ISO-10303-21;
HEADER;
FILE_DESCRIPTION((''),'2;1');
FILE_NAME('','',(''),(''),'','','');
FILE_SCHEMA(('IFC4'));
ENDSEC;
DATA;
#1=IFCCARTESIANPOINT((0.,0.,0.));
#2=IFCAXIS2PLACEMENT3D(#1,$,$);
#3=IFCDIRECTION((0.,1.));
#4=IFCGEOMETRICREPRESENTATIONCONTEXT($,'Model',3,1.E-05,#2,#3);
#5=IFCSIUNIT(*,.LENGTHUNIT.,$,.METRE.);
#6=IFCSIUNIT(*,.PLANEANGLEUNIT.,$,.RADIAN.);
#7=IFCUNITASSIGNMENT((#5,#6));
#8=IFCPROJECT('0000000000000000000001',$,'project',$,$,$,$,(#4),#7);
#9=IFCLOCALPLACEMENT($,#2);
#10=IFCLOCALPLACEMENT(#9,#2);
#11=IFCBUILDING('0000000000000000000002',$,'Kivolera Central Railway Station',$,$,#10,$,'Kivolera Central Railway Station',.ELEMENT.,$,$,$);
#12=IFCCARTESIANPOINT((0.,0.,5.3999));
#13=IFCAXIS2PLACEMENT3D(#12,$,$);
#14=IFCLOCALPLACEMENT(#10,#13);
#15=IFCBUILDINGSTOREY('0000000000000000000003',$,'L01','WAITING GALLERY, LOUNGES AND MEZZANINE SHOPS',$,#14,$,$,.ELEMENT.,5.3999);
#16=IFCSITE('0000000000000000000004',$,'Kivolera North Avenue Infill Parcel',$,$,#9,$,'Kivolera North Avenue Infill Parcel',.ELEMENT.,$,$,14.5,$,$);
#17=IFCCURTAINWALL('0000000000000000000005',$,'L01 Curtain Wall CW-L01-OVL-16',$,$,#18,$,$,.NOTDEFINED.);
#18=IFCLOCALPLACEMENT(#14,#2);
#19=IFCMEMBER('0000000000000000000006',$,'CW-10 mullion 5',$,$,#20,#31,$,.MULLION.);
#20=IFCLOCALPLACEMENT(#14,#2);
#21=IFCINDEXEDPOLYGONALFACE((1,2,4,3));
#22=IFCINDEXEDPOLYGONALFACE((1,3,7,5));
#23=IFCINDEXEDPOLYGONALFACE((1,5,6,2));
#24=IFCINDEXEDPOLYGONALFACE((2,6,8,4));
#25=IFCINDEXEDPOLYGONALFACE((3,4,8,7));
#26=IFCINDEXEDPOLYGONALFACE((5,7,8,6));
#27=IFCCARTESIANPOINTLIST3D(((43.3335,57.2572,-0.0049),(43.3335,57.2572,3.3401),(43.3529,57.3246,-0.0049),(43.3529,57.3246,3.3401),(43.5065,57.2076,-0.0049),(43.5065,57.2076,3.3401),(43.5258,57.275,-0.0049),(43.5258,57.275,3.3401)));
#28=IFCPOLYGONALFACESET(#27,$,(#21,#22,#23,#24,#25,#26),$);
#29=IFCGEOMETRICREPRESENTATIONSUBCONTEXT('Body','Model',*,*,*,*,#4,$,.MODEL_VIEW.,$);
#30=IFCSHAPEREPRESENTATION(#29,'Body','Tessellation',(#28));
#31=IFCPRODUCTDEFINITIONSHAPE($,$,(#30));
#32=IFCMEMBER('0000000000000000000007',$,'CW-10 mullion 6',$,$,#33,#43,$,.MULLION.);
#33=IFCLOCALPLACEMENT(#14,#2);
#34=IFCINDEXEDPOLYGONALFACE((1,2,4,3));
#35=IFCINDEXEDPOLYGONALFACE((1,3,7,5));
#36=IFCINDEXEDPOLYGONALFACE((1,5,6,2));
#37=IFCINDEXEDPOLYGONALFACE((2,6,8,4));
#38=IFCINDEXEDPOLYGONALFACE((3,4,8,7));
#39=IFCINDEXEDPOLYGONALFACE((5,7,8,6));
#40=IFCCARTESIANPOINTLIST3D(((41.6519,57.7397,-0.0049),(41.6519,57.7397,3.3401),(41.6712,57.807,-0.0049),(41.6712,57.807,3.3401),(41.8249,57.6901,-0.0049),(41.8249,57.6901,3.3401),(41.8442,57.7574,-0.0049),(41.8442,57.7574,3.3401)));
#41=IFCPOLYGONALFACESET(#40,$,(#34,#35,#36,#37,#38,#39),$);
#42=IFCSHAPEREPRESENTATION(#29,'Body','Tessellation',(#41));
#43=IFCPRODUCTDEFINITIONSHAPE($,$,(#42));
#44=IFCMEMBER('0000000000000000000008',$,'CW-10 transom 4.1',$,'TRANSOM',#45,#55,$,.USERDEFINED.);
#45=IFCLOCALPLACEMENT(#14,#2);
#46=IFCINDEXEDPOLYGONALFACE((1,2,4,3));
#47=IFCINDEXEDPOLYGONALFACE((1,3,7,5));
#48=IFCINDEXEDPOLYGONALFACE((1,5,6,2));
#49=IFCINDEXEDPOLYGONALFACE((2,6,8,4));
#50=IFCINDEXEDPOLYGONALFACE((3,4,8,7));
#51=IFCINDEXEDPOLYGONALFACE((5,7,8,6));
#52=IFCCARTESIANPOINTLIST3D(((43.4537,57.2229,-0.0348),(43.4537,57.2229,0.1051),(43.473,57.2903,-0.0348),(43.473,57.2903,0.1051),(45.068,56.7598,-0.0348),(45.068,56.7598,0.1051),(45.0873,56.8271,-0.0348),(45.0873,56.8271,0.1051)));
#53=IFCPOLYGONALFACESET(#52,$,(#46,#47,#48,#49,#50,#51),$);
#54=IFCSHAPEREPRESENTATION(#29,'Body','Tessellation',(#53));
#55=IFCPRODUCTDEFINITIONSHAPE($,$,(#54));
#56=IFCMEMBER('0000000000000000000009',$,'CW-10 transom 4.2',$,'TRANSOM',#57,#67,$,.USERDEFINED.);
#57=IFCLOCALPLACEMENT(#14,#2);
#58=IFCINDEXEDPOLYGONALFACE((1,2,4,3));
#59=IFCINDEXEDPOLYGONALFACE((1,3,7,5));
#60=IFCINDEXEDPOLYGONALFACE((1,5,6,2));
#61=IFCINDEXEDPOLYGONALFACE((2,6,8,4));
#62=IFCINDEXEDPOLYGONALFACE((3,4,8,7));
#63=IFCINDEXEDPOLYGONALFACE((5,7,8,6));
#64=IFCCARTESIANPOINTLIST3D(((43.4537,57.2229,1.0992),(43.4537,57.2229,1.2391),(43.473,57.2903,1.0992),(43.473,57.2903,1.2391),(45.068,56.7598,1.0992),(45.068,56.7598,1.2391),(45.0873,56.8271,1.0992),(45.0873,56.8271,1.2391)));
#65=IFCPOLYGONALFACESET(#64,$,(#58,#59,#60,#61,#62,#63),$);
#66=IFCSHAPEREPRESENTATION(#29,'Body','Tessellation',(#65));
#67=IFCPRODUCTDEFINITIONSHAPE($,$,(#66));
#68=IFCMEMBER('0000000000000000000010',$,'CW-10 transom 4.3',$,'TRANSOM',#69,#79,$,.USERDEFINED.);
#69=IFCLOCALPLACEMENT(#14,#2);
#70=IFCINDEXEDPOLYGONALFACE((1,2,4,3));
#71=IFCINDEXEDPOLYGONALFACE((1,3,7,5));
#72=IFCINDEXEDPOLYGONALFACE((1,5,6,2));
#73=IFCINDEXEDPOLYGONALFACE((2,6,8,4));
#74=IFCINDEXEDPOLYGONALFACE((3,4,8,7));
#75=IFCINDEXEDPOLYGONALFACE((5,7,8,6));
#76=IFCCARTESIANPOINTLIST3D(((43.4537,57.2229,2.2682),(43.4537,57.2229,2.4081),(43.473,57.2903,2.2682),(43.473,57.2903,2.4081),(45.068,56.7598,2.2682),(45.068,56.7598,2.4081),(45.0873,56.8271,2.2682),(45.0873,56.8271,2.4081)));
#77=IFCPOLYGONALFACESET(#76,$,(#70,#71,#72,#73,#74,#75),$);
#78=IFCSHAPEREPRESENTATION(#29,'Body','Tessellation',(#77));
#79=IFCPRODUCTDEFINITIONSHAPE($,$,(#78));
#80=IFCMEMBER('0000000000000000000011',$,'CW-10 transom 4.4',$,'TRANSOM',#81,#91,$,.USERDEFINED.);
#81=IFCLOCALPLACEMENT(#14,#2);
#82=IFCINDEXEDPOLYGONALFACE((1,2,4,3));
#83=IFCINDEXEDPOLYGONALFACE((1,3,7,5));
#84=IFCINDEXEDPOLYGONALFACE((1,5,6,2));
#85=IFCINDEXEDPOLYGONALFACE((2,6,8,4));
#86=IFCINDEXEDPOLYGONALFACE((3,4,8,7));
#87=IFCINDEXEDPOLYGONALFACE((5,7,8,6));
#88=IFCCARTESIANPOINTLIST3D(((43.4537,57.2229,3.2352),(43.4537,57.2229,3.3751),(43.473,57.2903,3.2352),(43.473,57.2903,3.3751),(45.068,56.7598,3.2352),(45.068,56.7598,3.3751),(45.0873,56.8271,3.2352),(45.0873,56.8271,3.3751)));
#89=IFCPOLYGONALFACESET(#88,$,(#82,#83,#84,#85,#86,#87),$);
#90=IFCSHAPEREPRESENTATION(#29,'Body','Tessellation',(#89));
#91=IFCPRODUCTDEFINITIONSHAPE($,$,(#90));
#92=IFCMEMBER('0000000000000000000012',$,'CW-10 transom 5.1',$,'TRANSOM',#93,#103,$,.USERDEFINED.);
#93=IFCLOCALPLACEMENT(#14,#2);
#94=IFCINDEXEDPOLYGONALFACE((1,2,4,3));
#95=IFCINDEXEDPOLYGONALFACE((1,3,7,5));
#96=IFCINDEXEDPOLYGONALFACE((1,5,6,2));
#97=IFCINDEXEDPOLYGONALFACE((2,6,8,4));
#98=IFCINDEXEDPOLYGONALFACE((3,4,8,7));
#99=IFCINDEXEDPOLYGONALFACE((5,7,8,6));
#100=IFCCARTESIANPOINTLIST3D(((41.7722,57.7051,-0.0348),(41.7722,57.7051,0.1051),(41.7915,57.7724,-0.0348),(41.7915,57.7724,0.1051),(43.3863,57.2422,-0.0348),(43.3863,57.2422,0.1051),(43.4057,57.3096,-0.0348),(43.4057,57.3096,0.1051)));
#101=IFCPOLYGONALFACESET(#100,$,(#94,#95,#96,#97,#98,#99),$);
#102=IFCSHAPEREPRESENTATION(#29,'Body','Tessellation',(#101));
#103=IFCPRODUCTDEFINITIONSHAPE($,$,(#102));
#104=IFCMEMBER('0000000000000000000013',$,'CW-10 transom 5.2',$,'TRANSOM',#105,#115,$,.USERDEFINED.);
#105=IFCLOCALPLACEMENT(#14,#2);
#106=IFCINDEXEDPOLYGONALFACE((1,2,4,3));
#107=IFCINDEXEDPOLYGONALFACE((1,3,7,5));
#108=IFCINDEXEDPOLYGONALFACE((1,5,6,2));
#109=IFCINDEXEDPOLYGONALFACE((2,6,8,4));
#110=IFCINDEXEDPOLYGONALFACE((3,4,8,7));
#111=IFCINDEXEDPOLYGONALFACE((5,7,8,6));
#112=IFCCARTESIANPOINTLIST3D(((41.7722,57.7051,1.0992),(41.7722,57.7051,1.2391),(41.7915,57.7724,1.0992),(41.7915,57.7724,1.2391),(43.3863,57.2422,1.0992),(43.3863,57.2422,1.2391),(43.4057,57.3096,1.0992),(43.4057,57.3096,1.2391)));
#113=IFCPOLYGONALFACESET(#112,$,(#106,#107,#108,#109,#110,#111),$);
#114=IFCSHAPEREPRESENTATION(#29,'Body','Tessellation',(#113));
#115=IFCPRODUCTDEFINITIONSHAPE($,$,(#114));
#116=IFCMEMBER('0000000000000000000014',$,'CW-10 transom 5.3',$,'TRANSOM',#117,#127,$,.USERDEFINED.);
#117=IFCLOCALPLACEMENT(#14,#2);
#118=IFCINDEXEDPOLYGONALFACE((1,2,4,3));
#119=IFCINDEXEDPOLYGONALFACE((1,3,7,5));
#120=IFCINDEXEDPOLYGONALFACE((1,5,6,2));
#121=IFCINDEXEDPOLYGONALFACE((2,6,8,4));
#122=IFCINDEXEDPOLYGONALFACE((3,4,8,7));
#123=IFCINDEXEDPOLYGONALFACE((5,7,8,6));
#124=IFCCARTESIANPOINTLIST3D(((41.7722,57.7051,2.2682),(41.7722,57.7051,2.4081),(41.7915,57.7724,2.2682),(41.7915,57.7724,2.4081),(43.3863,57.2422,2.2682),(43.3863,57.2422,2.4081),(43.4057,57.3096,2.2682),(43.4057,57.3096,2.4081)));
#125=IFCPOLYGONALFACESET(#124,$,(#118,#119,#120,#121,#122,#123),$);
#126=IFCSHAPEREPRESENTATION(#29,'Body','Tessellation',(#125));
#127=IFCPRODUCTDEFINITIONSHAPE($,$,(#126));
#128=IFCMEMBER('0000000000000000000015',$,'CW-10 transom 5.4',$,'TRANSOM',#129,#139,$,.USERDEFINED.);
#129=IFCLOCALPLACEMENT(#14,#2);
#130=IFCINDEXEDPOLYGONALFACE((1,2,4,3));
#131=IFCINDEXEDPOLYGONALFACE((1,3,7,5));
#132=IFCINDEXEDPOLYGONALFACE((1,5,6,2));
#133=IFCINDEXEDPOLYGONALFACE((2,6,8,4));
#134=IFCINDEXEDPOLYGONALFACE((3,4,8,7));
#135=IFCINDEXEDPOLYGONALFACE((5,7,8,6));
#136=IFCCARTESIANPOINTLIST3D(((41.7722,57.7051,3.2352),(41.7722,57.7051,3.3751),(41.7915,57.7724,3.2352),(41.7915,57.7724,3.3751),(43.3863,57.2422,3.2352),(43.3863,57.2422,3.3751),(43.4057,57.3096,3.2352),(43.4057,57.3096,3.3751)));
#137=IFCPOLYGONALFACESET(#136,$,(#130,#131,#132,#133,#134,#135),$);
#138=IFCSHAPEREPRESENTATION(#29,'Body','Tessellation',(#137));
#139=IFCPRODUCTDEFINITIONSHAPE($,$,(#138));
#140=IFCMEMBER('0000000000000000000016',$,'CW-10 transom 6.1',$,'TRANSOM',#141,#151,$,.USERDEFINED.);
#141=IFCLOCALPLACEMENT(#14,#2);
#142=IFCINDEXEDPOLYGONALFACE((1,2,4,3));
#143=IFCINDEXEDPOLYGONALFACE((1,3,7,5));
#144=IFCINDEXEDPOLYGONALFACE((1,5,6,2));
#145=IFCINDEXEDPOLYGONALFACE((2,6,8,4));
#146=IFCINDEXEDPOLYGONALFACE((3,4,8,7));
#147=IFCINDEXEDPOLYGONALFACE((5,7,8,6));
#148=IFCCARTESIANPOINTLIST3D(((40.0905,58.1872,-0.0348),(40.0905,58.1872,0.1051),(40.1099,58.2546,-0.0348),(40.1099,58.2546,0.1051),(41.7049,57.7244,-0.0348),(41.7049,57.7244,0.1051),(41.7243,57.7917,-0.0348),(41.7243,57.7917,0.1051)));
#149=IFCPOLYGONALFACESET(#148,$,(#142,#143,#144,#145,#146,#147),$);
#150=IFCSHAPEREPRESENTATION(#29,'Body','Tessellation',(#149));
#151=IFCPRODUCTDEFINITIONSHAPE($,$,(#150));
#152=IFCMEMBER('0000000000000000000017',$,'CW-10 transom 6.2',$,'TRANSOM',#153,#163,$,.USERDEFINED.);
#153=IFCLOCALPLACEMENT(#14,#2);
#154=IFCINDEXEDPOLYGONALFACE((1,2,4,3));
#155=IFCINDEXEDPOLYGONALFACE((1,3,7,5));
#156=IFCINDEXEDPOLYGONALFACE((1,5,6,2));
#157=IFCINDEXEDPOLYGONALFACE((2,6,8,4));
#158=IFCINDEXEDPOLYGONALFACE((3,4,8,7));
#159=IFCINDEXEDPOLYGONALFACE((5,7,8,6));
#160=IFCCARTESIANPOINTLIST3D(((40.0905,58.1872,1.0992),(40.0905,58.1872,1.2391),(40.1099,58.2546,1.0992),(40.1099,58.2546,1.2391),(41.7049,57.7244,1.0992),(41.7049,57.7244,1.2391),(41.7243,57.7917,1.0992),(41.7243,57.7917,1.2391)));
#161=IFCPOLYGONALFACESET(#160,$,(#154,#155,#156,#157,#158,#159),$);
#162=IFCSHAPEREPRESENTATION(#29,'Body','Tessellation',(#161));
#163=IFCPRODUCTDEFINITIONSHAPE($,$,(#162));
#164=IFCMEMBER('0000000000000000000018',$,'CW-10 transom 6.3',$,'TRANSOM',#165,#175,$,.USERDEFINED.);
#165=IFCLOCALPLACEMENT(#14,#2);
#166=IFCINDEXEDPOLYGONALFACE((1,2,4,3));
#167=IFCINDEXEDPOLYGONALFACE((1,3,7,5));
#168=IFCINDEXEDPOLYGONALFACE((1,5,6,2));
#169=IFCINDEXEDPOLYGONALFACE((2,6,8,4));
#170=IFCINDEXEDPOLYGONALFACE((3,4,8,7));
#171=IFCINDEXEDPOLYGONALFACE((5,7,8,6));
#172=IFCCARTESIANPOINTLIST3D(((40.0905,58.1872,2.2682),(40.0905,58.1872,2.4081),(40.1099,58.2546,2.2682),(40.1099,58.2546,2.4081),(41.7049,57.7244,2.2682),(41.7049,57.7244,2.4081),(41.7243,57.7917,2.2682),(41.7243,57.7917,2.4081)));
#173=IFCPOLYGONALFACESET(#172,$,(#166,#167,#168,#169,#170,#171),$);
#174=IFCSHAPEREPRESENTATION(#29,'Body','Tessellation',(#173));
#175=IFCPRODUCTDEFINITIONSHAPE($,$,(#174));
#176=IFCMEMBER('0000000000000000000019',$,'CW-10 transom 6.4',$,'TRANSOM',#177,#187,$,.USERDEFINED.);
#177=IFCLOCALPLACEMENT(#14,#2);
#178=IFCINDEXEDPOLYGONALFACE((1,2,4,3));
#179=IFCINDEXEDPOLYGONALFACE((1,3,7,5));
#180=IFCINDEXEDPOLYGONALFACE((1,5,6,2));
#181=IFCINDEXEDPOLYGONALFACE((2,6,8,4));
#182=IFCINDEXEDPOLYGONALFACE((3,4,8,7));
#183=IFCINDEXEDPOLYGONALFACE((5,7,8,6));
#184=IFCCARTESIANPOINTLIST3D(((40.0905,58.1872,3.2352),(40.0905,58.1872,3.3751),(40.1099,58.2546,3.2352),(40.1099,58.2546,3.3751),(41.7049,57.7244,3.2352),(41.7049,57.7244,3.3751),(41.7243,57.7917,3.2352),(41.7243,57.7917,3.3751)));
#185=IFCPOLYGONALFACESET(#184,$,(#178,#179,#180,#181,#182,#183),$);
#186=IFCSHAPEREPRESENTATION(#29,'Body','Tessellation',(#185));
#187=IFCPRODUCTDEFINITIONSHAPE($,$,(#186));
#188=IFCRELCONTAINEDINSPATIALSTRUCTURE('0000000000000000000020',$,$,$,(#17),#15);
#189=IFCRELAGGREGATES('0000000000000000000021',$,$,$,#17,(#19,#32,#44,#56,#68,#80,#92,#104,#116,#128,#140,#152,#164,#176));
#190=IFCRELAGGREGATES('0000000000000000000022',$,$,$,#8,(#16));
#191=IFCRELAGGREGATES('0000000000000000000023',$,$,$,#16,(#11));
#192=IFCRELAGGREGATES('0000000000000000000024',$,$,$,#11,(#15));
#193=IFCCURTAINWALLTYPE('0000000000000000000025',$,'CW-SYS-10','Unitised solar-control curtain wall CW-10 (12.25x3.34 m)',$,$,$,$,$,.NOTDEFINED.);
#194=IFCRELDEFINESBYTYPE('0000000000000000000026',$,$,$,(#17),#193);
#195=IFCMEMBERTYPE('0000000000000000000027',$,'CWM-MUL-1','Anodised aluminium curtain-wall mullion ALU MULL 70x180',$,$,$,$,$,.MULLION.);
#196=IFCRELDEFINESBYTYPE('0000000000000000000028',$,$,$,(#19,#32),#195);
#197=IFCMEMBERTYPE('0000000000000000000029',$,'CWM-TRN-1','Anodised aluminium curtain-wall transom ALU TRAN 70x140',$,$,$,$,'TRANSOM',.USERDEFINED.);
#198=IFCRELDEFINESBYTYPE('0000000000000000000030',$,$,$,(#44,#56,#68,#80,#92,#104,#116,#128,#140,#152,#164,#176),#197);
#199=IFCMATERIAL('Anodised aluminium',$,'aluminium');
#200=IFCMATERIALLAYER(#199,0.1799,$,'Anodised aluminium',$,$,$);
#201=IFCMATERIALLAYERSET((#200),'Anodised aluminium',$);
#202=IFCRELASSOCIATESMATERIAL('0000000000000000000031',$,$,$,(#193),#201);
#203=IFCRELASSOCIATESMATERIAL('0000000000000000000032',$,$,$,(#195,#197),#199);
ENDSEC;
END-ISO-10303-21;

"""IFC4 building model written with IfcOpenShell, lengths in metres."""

from ifc_helpers import new_model, si_unit, direction, frame, origin, origin_2d, place, context, subcontext, project, spatial, rectangle, extrude, material, layer, layer_set, material_profile, profile_set, type_object, element, aggregate, save


model = new_model("IFC4")

# Units and contexts
model_context = context("Model", 3, precision=1e-05, world=origin(), true_north=direction((0.0, 1.0)))
body_context = subcontext(model_context, "Body", "Model", "MODEL_VIEW")
ifc_project = project(units=[si_unit("LENGTHUNIT", "METRE"), si_unit("PLANEANGLEUNIT", "RADIAN")], contexts=[model_context])

# Site, building, storey
site_placement = place(None, origin())
site = spatial("IfcSite", under=ifc_project, at=site_placement, Name="Kivolera North Avenue Infill Parcel", LongName="Kivolera North Avenue Infill Parcel", CompositionType="ELEMENT", RefElevation=14.5)
building_placement = place(site_placement, origin())
building = spatial("IfcBuilding", under=site, at=building_placement, Name="Kivolera Central Railway Station", LongName="Kivolera Central Railway Station", CompositionType="ELEMENT")
storey_placement = place(building_placement, frame((0.0, 0.0, 5.3999)))
storey = spatial("IfcBuildingStorey", under=building, at=storey_placement, Name="L01", Description="WAITING GALLERY, LOUNGES AND MEZZANINE SHOPS", CompositionType="ELEMENT", Elevation=5.3999)

# Curtain wall, members
ifc_material_1 = material(Name="Anodised aluminium", Category="aluminium")
ifc_layer_1 = layer(ifc_material_1, 0.1799, Name="Anodised aluminium")
ifc_layer_set_1 = layer_set([ifc_layer_1], Name="Anodised aluminium")
curtain_wall_type = type_object("IfcCurtainWallType", Name="CW-SYS-10", Description="Unitised solar-control curtain wall CW-10 (12.25x3.34 m)", PredefinedType="NOTDEFINED", material=ifc_layer_set_1)
curtain_wall_placement = place(storey_placement, origin())
curtain_wall = element("IfcCurtainWall", 1, at=curtain_wall_placement, inside=storey, type_object=curtain_wall_type, Name="L01 Curtain Wall CW-L01-OVL-16", PredefinedType="NOTDEFINED")
ifc_material_profile_1 = material_profile(ifc_material_1, rectangle(XDim=0.0701, YDim=0.1799, at=origin_2d()), Name="ALU MULL 70x180")
ifc_profile_set_1 = profile_set([ifc_material_profile_1], Name="Anodised aluminium")
member_type_1 = type_object("IfcMemberType", Name="CWM-MUL-1", Description="Anodised aluminium curtain-wall mullion ALU MULL 70x180", PredefinedType="MULLION", material=ifc_profile_set_1)
member_1_placement = place(storey_placement, frame((43.4297, 57.2661, -0.0049), z_axis=(0.0, 0.0, 1.0), x_axis=(-0.275692, -0.961246, 0.0)))
member_1 = element("IfcMember", 2, at=member_1_placement, type_object=member_type_1, Name="CW-10 mullion 5", PredefinedType="MULLION", context=body_context, shape_type="SweptSolid", body=[
    extrude(rectangle(XDim=0.0701, YDim=0.1799, at=origin_2d()), origin(), (0.0, 0.0, 1.0), 3.345),
])
member_2_placement = place(storey_placement, frame((41.748, 57.7485, -0.0049), z_axis=(0.0, 0.0, 1.0), x_axis=(-0.275692, -0.961246, 0.0)))
member_2 = element("IfcMember", 3, at=member_2_placement, type_object=member_type_1, Name="CW-10 mullion 6", PredefinedType="MULLION", context=body_context, shape_type="SweptSolid", body=[
    extrude(rectangle(XDim=0.0701, YDim=0.1799, at=origin_2d()), origin(), (0.0, 0.0, 1.0), 3.345),
])
ifc_material_profile_2 = material_profile(ifc_material_1, rectangle(XDim=0.0701, YDim=0.1399, at=origin_2d()), Name="ALU TRAN 70x140")
ifc_profile_set_2 = profile_set([ifc_material_profile_2], Name="Anodised aluminium")
member_type_2 = type_object("IfcMemberType", Name="CWM-TRN-1", Description="Anodised aluminium curtain-wall transom ALU TRAN 70x140", ElementType="TRANSOM", PredefinedType="USERDEFINED", material=ifc_profile_set_2)
member_3_placement = place(storey_placement, frame((45.0776, 56.7935, 0.0352), z_axis=(-0.961222, 0.275777, 0.0), x_axis=(-0.275777, -0.961222, 0.0)))
member_3 = element("IfcMember", 4, at=member_3_placement, type_object=member_type_2, Name="CW-10 transom 4.1", ObjectType="TRANSOM", PredefinedType="USERDEFINED", context=body_context, shape_type="SweptSolid", body=[
    extrude(rectangle(XDim=0.0701, YDim=0.1399, at=origin_2d()), origin(), (0.0, 0.0, 1.0), 1.6794),
])
member_4_placement = place(storey_placement, frame((45.0776, 56.7935, 1.1692), z_axis=(-0.961222, 0.275777, 0.0), x_axis=(-0.275777, -0.961222, 0.0)))
member_4 = element("IfcMember", 5, at=member_4_placement, type_object=member_type_2, Name="CW-10 transom 4.2", ObjectType="TRANSOM", PredefinedType="USERDEFINED", context=body_context, shape_type="SweptSolid", body=[
    extrude(rectangle(XDim=0.0701, YDim=0.1399, at=origin_2d()), origin(), (0.0, 0.0, 1.0), 1.6794),
])
member_5_placement = place(storey_placement, frame((45.0776, 56.7935, 2.3381), z_axis=(-0.961222, 0.275777, 0.0), x_axis=(-0.275777, -0.961222, 0.0)))
member_5 = element("IfcMember", 6, at=member_5_placement, type_object=member_type_2, Name="CW-10 transom 4.3", ObjectType="TRANSOM", PredefinedType="USERDEFINED", context=body_context, shape_type="SweptSolid", body=[
    extrude(rectangle(XDim=0.0701, YDim=0.1399, at=origin_2d()), origin(), (0.0, 0.0, 1.0), 1.6794),
])
member_6_placement = place(storey_placement, frame((45.0776, 56.7935, 3.3052), z_axis=(-0.961222, 0.275777, 0.0), x_axis=(-0.275777, -0.961222, 0.0)))
member_6 = element("IfcMember", 7, at=member_6_placement, type_object=member_type_2, Name="CW-10 transom 4.4", ObjectType="TRANSOM", PredefinedType="USERDEFINED", context=body_context, shape_type="SweptSolid", body=[
    extrude(rectangle(XDim=0.0701, YDim=0.1399, at=origin_2d()), origin(), (0.0, 0.0, 1.0), 1.6794),
])
member_7_placement = place(storey_placement, frame((43.396, 57.2759, 0.0352), z_axis=(-0.96126, 0.275643, 0.0), x_axis=(-0.275643, -0.96126, 0.0)))
member_7 = element("IfcMember", 8, at=member_7_placement, type_object=member_type_2, Name="CW-10 transom 5.1", ObjectType="TRANSOM", PredefinedType="USERDEFINED", context=body_context, shape_type="SweptSolid", body=[
    extrude(rectangle(XDim=0.0701, YDim=0.1399, at=origin_2d()), origin(), (0.0, 0.0, 1.0), 1.6792),
])
member_8_placement = place(storey_placement, frame((43.396, 57.2759, 1.1692), z_axis=(-0.96126, 0.275643, 0.0), x_axis=(-0.275643, -0.96126, 0.0)))
member_8 = element("IfcMember", 9, at=member_8_placement, type_object=member_type_2, Name="CW-10 transom 5.2", ObjectType="TRANSOM", PredefinedType="USERDEFINED", context=body_context, shape_type="SweptSolid", body=[
    extrude(rectangle(XDim=0.0701, YDim=0.1399, at=origin_2d()), origin(), (0.0, 0.0, 1.0), 1.6792),
])
member_9_placement = place(storey_placement, frame((43.396, 57.2759, 2.3381), z_axis=(-0.96126, 0.275643, 0.0), x_axis=(-0.275643, -0.96126, 0.0)))
member_9 = element("IfcMember", 10, at=member_9_placement, type_object=member_type_2, Name="CW-10 transom 5.3", ObjectType="TRANSOM", PredefinedType="USERDEFINED", context=body_context, shape_type="SweptSolid", body=[
    extrude(rectangle(XDim=0.0701, YDim=0.1399, at=origin_2d()), origin(), (0.0, 0.0, 1.0), 1.6792),
])
member_10_placement = place(storey_placement, frame((43.396, 57.2759, 3.3052), z_axis=(-0.96126, 0.275643, 0.0), x_axis=(-0.275643, -0.96126, 0.0)))
member_10 = element("IfcMember", 11, at=member_10_placement, type_object=member_type_2, Name="CW-10 transom 5.4", ObjectType="TRANSOM", PredefinedType="USERDEFINED", context=body_context, shape_type="SweptSolid", body=[
    extrude(rectangle(XDim=0.0701, YDim=0.1399, at=origin_2d()), origin(), (0.0, 0.0, 1.0), 1.6792),
])
member_11_placement = place(storey_placement, frame((41.7146, 57.7581, 0.0352), z_axis=(-0.961271, 0.275604, 0.0), x_axis=(-0.275604, -0.961271, 0.0)))
member_11 = element("IfcMember", 12, at=member_11_placement, type_object=member_type_2, Name="CW-10 transom 6.1", ObjectType="TRANSOM", PredefinedType="USERDEFINED", context=body_context, shape_type="SweptSolid", body=[
    extrude(rectangle(XDim=0.0701, YDim=0.1399, at=origin_2d()), origin(), (0.0, 0.0, 1.0), 1.6794),
])
member_12_placement = place(storey_placement, frame((41.7146, 57.7581, 1.1692), z_axis=(-0.961271, 0.275604, 0.0), x_axis=(-0.275604, -0.961271, 0.0)))
member_12 = element("IfcMember", 13, at=member_12_placement, type_object=member_type_2, Name="CW-10 transom 6.2", ObjectType="TRANSOM", PredefinedType="USERDEFINED", context=body_context, shape_type="SweptSolid", body=[
    extrude(rectangle(XDim=0.0701, YDim=0.1399, at=origin_2d()), origin(), (0.0, 0.0, 1.0), 1.6794),
])
member_13_placement = place(storey_placement, frame((41.7146, 57.7581, 2.3381), z_axis=(-0.961271, 0.275604, 0.0), x_axis=(-0.275604, -0.961271, 0.0)))
member_13 = element("IfcMember", 14, at=member_13_placement, type_object=member_type_2, Name="CW-10 transom 6.3", ObjectType="TRANSOM", PredefinedType="USERDEFINED", context=body_context, shape_type="SweptSolid", body=[
    extrude(rectangle(XDim=0.0701, YDim=0.1399, at=origin_2d()), origin(), (0.0, 0.0, 1.0), 1.6794),
])
member_14_placement = place(storey_placement, frame((41.7146, 57.7581, 3.3052), z_axis=(-0.961271, 0.275604, 0.0), x_axis=(-0.275604, -0.961271, 0.0)))
member_14 = element("IfcMember", 15, at=member_14_placement, type_object=member_type_2, Name="CW-10 transom 6.4", ObjectType="TRANSOM", PredefinedType="USERDEFINED", context=body_context, shape_type="SweptSolid", body=[
    extrude(rectangle(XDim=0.0701, YDim=0.1399, at=origin_2d()), origin(), (0.0, 0.0, 1.0), 1.6794),
])
aggregate(curtain_wall, [member_1, member_2, member_3, member_4, member_5, member_6, member_7, member_8, member_9, member_10, member_11, member_12, member_13, member_14])

save(model, "model.ifc")
